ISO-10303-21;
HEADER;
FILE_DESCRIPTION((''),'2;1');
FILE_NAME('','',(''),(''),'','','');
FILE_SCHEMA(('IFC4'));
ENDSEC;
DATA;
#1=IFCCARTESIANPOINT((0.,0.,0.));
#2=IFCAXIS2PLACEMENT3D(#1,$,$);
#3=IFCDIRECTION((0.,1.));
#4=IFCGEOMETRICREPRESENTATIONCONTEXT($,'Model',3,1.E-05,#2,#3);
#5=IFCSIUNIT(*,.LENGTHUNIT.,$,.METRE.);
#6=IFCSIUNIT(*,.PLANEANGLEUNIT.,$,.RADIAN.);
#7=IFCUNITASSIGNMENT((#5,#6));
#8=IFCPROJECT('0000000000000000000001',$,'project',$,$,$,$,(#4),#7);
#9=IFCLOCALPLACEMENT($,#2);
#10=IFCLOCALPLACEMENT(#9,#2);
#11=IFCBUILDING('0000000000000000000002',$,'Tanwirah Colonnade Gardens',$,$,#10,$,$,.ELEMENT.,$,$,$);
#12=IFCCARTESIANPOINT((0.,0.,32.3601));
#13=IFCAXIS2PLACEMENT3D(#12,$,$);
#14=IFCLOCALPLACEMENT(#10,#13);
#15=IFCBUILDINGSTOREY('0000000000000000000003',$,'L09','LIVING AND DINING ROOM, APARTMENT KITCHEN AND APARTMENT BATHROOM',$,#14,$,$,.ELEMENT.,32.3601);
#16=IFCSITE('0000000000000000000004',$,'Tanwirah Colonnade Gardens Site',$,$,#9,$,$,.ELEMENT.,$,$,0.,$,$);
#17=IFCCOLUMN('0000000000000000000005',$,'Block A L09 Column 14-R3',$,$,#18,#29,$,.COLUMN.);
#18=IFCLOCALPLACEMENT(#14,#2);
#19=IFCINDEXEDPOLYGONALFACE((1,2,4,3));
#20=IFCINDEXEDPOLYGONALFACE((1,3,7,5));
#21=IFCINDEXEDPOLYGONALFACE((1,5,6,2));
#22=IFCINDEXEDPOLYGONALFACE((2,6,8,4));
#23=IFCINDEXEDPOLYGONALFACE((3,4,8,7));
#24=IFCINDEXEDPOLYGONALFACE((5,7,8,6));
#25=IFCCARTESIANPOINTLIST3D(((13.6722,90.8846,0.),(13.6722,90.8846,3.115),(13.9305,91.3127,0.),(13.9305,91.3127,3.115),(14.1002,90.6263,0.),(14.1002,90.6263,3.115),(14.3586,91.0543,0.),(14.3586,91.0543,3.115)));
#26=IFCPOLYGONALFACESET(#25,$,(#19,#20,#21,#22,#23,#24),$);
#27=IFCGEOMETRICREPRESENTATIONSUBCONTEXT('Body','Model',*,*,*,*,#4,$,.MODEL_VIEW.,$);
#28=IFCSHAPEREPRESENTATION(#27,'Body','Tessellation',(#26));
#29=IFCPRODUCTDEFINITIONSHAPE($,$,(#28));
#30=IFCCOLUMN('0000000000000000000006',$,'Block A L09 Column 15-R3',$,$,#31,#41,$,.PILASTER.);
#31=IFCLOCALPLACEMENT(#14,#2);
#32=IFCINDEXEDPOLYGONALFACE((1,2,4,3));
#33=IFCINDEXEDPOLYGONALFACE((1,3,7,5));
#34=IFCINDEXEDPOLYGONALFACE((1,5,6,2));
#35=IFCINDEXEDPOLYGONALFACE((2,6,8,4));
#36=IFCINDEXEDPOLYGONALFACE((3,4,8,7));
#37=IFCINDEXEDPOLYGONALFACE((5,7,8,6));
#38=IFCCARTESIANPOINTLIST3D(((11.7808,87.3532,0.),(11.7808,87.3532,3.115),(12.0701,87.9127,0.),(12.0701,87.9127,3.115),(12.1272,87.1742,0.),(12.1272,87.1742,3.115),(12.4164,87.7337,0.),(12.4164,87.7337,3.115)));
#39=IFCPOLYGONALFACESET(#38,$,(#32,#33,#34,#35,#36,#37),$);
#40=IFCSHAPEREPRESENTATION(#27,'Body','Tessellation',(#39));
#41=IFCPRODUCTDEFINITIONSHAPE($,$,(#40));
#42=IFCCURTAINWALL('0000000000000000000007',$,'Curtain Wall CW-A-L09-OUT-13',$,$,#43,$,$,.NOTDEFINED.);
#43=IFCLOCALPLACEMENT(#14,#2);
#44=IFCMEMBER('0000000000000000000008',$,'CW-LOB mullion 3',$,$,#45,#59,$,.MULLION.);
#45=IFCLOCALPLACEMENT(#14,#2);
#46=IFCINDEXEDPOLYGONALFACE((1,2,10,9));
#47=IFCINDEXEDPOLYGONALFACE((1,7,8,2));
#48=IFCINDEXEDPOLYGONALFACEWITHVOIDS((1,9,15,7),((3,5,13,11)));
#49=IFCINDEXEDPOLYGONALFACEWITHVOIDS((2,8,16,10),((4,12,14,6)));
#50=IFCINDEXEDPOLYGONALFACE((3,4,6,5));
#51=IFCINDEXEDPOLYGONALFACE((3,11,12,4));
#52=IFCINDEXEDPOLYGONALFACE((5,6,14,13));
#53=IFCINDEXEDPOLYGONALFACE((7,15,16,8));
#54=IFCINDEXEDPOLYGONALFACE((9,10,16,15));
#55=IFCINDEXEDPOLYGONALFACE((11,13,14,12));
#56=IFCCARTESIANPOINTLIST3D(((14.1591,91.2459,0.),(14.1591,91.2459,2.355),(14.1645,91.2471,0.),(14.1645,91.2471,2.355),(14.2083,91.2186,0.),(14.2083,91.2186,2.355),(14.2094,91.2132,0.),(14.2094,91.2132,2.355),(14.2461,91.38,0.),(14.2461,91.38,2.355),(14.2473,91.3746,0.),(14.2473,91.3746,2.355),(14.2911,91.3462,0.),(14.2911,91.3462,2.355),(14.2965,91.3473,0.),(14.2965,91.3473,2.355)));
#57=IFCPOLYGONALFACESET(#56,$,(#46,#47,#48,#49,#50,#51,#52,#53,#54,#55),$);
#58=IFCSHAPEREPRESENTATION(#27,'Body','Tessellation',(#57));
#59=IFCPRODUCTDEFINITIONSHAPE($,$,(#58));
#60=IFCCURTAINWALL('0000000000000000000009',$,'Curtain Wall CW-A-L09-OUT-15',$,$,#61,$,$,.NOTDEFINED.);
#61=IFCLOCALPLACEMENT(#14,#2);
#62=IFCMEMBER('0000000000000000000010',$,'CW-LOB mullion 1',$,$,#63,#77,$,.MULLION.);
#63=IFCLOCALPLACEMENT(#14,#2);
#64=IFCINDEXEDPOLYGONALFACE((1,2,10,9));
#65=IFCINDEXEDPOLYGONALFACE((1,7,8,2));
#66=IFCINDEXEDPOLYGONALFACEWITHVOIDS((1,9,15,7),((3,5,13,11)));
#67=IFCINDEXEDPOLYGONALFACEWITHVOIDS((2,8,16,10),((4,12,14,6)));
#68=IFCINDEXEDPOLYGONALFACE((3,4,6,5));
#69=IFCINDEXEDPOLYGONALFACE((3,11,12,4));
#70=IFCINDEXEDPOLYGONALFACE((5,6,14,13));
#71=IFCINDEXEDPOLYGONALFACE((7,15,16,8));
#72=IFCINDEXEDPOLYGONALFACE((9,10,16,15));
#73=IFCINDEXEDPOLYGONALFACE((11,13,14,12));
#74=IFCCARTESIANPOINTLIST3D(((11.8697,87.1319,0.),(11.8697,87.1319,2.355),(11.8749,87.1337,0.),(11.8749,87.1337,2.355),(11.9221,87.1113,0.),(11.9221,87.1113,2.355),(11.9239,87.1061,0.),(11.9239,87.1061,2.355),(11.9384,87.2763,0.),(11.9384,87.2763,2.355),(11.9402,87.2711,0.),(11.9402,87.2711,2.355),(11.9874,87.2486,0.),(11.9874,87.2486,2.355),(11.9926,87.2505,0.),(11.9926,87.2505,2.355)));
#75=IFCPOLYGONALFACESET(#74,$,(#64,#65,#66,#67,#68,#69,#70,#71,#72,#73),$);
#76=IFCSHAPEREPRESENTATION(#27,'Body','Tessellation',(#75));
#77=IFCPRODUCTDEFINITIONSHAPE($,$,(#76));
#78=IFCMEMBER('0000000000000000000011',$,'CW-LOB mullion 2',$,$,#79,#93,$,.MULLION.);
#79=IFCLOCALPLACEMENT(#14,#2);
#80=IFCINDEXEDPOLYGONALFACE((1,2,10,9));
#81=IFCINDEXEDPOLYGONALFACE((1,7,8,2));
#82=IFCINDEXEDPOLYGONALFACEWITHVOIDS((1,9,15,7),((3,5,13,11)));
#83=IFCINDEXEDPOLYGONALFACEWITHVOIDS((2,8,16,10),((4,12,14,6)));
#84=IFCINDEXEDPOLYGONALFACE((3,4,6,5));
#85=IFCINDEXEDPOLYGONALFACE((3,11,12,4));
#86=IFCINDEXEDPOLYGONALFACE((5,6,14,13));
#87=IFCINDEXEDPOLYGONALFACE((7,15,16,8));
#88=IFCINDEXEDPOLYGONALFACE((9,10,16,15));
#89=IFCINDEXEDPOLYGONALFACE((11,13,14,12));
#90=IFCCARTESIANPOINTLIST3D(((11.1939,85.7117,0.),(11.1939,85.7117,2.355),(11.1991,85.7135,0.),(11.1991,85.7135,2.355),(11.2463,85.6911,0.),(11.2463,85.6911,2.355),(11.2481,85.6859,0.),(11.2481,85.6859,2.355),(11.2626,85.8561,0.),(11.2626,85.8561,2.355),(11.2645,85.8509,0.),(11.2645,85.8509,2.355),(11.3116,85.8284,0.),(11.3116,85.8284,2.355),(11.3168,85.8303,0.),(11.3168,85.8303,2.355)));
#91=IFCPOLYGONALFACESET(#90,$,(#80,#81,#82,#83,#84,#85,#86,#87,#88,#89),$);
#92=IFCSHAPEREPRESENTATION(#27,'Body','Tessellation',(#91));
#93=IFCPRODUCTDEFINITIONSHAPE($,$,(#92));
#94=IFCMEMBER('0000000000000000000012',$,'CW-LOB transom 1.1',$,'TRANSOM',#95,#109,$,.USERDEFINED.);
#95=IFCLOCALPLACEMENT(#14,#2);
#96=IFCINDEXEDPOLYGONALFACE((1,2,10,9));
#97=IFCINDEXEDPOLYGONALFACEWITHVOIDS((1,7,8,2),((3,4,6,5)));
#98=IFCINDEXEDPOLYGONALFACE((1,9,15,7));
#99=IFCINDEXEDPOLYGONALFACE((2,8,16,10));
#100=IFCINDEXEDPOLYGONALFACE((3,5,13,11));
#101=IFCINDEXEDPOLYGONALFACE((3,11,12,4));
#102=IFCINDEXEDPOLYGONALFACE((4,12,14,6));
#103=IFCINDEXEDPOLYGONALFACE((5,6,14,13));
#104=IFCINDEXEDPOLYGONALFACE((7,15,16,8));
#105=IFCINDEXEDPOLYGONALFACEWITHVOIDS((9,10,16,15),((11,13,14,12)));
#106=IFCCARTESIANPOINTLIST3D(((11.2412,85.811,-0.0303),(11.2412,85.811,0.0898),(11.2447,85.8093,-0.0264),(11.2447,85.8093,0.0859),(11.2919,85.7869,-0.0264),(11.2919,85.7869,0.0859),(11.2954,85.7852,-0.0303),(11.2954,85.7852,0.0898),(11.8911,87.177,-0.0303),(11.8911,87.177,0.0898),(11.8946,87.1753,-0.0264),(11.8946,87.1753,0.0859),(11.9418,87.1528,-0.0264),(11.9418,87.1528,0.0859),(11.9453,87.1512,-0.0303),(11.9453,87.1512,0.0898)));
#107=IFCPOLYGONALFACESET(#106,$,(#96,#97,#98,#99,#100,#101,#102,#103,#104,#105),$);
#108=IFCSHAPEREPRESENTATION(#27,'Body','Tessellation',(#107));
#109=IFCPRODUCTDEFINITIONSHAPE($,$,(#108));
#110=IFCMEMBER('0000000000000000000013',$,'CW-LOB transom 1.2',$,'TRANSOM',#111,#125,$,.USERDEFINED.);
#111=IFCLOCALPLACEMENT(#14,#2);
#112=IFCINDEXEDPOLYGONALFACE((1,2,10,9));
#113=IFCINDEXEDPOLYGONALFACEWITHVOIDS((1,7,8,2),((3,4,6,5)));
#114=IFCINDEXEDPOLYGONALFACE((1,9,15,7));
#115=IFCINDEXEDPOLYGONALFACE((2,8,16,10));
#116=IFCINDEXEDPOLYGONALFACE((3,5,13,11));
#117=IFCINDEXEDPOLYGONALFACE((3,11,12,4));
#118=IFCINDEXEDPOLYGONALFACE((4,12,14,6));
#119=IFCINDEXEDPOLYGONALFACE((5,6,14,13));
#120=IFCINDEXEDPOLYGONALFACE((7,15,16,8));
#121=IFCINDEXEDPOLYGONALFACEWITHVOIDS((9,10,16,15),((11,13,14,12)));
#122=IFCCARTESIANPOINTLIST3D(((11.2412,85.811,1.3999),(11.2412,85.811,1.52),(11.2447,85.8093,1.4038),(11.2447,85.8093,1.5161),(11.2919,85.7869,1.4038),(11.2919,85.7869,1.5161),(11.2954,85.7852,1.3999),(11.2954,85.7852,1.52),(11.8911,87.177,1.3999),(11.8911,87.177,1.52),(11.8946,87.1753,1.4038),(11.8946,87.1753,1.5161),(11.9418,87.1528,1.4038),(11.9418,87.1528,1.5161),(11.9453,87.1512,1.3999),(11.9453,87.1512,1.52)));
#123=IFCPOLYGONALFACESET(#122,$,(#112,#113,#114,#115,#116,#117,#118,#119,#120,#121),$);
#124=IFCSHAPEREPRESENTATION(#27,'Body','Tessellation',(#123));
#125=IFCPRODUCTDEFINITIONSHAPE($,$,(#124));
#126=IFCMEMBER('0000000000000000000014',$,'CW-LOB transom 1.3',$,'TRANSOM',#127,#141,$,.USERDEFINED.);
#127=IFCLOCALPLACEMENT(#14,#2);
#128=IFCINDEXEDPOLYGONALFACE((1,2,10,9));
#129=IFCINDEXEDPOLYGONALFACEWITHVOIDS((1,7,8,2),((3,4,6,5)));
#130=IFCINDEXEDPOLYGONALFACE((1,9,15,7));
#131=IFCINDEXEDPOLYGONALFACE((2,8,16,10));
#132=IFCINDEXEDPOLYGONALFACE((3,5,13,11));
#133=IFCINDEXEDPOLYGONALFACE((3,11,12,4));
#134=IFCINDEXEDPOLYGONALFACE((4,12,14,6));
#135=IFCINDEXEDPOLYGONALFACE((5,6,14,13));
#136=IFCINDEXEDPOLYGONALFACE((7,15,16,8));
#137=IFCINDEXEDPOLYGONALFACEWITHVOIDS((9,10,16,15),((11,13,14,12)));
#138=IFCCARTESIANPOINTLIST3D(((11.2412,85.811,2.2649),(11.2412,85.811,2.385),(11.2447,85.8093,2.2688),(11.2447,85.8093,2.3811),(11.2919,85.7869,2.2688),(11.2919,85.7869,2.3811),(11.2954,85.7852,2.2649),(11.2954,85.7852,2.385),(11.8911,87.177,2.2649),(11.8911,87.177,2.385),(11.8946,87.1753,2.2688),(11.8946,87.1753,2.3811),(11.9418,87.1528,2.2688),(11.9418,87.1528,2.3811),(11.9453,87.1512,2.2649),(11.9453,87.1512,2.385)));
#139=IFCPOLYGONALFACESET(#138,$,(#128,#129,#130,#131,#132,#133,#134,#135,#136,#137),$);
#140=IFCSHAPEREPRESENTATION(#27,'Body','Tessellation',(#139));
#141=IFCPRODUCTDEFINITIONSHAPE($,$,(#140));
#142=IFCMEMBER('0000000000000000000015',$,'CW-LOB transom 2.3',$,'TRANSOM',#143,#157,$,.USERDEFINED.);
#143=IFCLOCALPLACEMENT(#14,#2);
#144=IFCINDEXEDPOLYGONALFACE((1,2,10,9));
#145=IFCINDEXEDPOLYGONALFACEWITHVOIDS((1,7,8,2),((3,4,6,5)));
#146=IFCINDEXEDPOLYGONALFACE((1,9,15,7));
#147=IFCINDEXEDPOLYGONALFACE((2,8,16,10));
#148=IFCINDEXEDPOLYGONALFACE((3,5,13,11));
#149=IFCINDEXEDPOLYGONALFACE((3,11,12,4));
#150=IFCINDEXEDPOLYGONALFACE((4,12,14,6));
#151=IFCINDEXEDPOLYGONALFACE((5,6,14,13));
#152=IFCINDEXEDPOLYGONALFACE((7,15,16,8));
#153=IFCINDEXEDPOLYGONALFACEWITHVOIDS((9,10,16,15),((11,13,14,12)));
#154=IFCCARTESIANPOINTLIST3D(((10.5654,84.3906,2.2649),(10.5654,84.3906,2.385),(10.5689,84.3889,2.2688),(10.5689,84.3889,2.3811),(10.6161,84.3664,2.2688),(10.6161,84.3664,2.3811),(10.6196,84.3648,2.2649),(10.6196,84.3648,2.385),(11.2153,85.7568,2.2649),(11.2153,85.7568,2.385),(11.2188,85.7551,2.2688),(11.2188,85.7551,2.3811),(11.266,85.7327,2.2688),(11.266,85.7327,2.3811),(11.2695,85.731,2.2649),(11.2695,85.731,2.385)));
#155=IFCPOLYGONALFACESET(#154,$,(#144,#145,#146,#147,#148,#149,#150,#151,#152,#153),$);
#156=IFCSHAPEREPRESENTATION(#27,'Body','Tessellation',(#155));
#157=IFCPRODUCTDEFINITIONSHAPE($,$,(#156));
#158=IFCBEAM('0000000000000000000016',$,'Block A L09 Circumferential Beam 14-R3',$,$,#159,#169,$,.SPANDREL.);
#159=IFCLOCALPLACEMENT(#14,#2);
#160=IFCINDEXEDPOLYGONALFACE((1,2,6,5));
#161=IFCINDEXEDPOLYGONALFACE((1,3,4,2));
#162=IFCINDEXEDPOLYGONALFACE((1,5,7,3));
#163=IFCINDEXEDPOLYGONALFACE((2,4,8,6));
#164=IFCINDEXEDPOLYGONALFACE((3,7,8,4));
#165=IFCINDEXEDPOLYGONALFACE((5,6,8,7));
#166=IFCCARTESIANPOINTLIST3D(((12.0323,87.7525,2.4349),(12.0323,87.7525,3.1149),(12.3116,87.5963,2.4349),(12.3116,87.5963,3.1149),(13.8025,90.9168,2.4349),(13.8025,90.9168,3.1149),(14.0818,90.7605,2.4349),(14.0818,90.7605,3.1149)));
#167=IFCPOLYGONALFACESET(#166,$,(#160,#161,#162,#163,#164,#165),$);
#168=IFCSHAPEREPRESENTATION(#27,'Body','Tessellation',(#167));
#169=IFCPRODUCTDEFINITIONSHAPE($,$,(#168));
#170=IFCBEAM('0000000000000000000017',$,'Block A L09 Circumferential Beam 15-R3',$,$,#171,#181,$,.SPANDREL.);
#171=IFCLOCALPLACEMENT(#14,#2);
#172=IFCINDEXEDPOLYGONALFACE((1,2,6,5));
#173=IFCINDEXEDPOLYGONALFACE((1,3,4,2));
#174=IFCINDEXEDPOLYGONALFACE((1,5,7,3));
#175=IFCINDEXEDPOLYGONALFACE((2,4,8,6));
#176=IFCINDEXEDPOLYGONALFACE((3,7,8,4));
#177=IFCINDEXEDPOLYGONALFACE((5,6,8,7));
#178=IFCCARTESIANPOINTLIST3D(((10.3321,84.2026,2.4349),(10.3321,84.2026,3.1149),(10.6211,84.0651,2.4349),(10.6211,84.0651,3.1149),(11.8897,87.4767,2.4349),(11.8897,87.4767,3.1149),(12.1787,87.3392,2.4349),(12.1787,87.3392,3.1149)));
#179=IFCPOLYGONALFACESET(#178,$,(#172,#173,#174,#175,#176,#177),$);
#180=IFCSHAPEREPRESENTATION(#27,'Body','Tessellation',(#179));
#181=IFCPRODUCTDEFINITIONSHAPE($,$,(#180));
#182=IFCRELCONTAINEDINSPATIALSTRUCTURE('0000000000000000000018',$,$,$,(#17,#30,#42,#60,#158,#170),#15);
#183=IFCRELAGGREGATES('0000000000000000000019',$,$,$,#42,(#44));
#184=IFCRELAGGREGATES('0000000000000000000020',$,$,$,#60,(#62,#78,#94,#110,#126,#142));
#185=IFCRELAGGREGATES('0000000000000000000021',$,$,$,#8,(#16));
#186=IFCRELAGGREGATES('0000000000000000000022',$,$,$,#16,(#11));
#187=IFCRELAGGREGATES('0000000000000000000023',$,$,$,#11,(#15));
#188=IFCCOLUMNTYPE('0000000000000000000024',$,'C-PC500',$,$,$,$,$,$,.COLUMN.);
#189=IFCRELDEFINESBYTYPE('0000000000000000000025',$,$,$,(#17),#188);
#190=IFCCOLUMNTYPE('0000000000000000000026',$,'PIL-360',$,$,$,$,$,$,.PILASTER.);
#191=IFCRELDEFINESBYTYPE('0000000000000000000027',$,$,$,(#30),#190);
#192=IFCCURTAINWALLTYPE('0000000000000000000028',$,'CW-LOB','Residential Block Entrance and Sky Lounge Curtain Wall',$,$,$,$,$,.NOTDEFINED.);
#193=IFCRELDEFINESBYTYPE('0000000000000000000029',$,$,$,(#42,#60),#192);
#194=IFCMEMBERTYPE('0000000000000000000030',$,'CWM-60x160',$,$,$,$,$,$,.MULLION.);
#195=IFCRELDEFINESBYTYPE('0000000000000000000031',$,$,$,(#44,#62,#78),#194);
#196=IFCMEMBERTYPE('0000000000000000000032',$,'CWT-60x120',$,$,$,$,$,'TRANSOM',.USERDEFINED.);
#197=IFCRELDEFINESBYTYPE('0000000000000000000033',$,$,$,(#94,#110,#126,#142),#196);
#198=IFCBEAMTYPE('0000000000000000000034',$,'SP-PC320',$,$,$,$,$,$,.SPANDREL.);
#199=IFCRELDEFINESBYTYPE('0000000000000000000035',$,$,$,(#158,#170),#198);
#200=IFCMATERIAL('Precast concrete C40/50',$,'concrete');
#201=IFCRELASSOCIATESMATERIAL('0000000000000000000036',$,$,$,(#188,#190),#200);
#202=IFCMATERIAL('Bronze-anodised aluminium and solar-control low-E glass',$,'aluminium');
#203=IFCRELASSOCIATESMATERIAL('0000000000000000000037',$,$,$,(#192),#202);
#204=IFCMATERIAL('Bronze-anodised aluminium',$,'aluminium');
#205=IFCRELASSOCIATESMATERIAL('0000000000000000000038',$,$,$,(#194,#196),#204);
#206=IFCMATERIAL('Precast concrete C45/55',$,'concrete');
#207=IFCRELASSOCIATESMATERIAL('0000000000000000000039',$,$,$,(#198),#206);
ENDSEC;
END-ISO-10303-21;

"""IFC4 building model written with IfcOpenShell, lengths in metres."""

from ifc_helpers import new_model, si_unit, direction, frame, origin, origin_2d, place, context, subcontext, project, spatial, rectangle, hollow_rectangle, extrude, material, material_profile, profile_set, type_object, element, aggregate, save


model = new_model("IFC4")

# Units and contexts
model_context = context("Model", 3, precision=1e-05, world=origin(), true_north=direction((0.0, 1.0)))
body_context = subcontext(model_context, "Body", "Model", "MODEL_VIEW")
ifc_project = project(units=[si_unit("LENGTHUNIT", "METRE"), si_unit("PLANEANGLEUNIT", "RADIAN")], contexts=[model_context])

# Site, building, storey
site_placement = place(None, origin())
site = spatial("IfcSite", under=ifc_project, at=site_placement, Name="Tanwirah Colonnade Gardens Site", CompositionType="ELEMENT", RefElevation=0.0)
building_placement = place(site_placement, origin())
building = spatial("IfcBuilding", under=site, at=building_placement, Name="Tanwirah Colonnade Gardens", CompositionType="ELEMENT")
storey_placement = place(building_placement, frame((0.0, 0.0, 32.3601)))
storey = spatial("IfcBuildingStorey", under=building, at=storey_placement, Name="L09", Description="LIVING AND DINING ROOM, APARTMENT KITCHEN AND APARTMENT BATHROOM", CompositionType="ELEMENT", Elevation=32.3601)

# Columns
ifc_material_1 = material(Name="Precast concrete C40/50", Category="concrete")
ifc_material_profile_1 = material_profile(ifc_material_1, rectangle(XDim=0.5, YDim=0.5, at=origin_2d()), Name="PC-COL 500x500")
ifc_profile_set_1 = profile_set([ifc_material_profile_1], Name="Precast concrete C40/50")
column_type_1 = type_object("IfcColumnType", Name="C-PC500", PredefinedType="COLUMN", material=ifc_profile_set_1)
column_1_placement = place(storey_placement, frame((14.0154, 90.9695, 0.0), z_axis=(0.0, 0.0, 1.0), x_axis=(-0.856167, 0.516699, 0.0)))
element("IfcColumn", 1, at=column_1_placement, inside=storey, type_object=column_type_1, Name="Block A L09 Column 14-R3", PredefinedType="COLUMN", context=body_context, shape_type="SweptSolid", body=[
    extrude(rectangle(XDim=0.5, YDim=0.5, at=origin_2d()), origin(), (0.0, 0.0, 1.0), 3.115),
])
ifc_material_profile_2 = material_profile(ifc_material_1, rectangle(XDim=0.3899, YDim=0.6299, at=origin_2d()), Name="PC-PIL 390x630")
ifc_profile_set_2 = profile_set([ifc_material_profile_2], Name="Precast concrete C40/50")
column_type_2 = type_object("IfcColumnType", Name="PIL-360", PredefinedType="PILASTER", material=ifc_profile_set_2)
column_2_placement = place(storey_placement, frame((12.0986, 87.5435, 0.0), z_axis=(0.0, 0.0, 1.0), x_axis=(-0.88835, 0.459166, 0.0)))
element("IfcColumn", 2, at=column_2_placement, inside=storey, type_object=column_type_2, Name="Block A L09 Column 15-R3", PredefinedType="PILASTER", context=body_context, shape_type="SweptSolid", body=[
    extrude(rectangle(XDim=0.3899, YDim=0.6299, at=origin_2d()), origin(), (0.0, 0.0, 1.0), 3.115),
])

# Curtain wall, member
ifc_material_2 = material(Name="Bronze-anodised aluminium and solar-control low-E glass", Category="aluminium")
curtain_wall_type = type_object("IfcCurtainWallType", Name="CW-LOB", Description="Residential Block Entrance and Sky Lounge Curtain Wall", PredefinedType="NOTDEFINED", material=ifc_material_2)
curtain_wall_1_placement = place(storey_placement, origin())
curtain_wall_1 = element("IfcCurtainWall", 3, at=curtain_wall_1_placement, inside=storey, type_object=curtain_wall_type, Name="Curtain Wall CW-A-L09-OUT-13", PredefinedType="NOTDEFINED")
ifc_material_3 = material(Name="Bronze-anodised aluminium", Category="aluminium")
ifc_material_profile_3 = material_profile(ifc_material_3, hollow_rectangle(XDim=0.0601, YDim=0.1599, WallThickness=0.0039, at=origin_2d()), Name="CW-MUL 60x160x4")
ifc_profile_set_3 = profile_set([ifc_material_profile_3], Name="Bronze-anodised aluminium")
member_type_1 = type_object("IfcMemberType", Name="CWM-60x160", PredefinedType="MULLION", material=ifc_profile_set_3)
member_1_placement = place(storey_placement, frame((14.2278, 91.2966, 0.0), z_axis=(0.0, 0.0, 1.0), x_axis=(0.83867, -0.54464, 0.0)))
member_1 = element("IfcMember", 4, at=member_1_placement, type_object=member_type_1, Name="CW-LOB mullion 3", PredefinedType="MULLION", context=body_context, shape_type="SweptSolid", body=[
    extrude(hollow_rectangle(XDim=0.0601, YDim=0.1599, WallThickness=0.0039, at=origin_2d()), origin(), (0.0, 0.0, 1.0), 2.355),
])

# Curtain wall, members
curtain_wall_2_placement = place(storey_placement, origin())
curtain_wall_2 = element("IfcCurtainWall", 5, at=curtain_wall_2_placement, inside=storey, type_object=curtain_wall_type, Name="Curtain Wall CW-A-L09-OUT-15", PredefinedType="NOTDEFINED")
member_2_placement = place(storey_placement, frame((11.9312, 87.1912, 0.0), z_axis=(0.0, 0.0, 1.0), x_axis=(0.903002, -0.429635, 0.0)))
member_2 = element("IfcMember", 6, at=member_2_placement, type_object=member_type_1, Name="CW-LOB mullion 1", PredefinedType="MULLION", context=body_context, shape_type="SweptSolid", body=[
    extrude(hollow_rectangle(XDim=0.0601, YDim=0.1599, WallThickness=0.0039, at=origin_2d()), origin(), (0.0, 0.0, 1.0), 2.355),
])
member_3_placement = place(storey_placement, frame((11.2554, 85.771, 0.0), z_axis=(0.0, 0.0, 1.0), x_axis=(0.903002, -0.429635, 0.0)))
member_3 = element("IfcMember", 7, at=member_3_placement, type_object=member_type_1, Name="CW-LOB mullion 2", PredefinedType="MULLION", context=body_context, shape_type="SweptSolid", body=[
    extrude(hollow_rectangle(XDim=0.0601, YDim=0.1599, WallThickness=0.0039, at=origin_2d()), origin(), (0.0, 0.0, 1.0), 2.355),
])
ifc_material_profile_4 = material_profile(ifc_material_3, hollow_rectangle(XDim=0.0601, YDim=0.1201, WallThickness=0.0039, at=origin_2d()), Name="CW-TRN 60x120x4")
ifc_profile_set_4 = profile_set([ifc_material_profile_4], Name="Bronze-anodised aluminium")
member_type_2 = type_object("IfcMemberType", Name="CWT-60x120", ElementType="TRANSOM", PredefinedType="USERDEFINED", material=ifc_profile_set_4)
member_4_placement = place(storey_placement, frame((11.9182, 87.1641, 0.0298), z_axis=(-0.429633, -0.903004, 0.0), x_axis=(0.903004, -0.429633, 0.0)))
member_4 = element("IfcMember", 8, at=member_4_placement, type_object=member_type_2, Name="CW-LOB transom 1.1", ObjectType="TRANSOM", PredefinedType="USERDEFINED", context=body_context, shape_type="SweptSolid", body=[
    extrude(hollow_rectangle(XDim=0.0601, YDim=0.1201, WallThickness=0.0039, at=origin_2d()), origin(), (0.0, 0.0, 1.0), 1.5127),
])
member_5_placement = place(storey_placement, frame((11.9182, 87.1641, 1.46), z_axis=(-0.429633, -0.903004, 0.0), x_axis=(0.903004, -0.429633, 0.0)))
member_5 = element("IfcMember", 9, at=member_5_placement, type_object=member_type_2, Name="CW-LOB transom 1.2", ObjectType="TRANSOM", PredefinedType="USERDEFINED", context=body_context, shape_type="SweptSolid", body=[
    extrude(hollow_rectangle(XDim=0.0601, YDim=0.1201, WallThickness=0.0039, at=origin_2d()), origin(), (0.0, 0.0, 1.0), 1.5127),
])
member_6_placement = place(storey_placement, frame((11.9182, 87.1641, 2.325), z_axis=(-0.429633, -0.903004, 0.0), x_axis=(0.903004, -0.429633, 0.0)))
member_6 = element("IfcMember", 10, at=member_6_placement, type_object=member_type_2, Name="CW-LOB transom 1.3", ObjectType="TRANSOM", PredefinedType="USERDEFINED", context=body_context, shape_type="SweptSolid", body=[
    extrude(hollow_rectangle(XDim=0.0601, YDim=0.1201, WallThickness=0.0039, at=origin_2d()), origin(), (0.0, 0.0, 1.0), 1.5127),
])
member_7_placement = place(storey_placement, frame((11.2424, 85.7439, 2.325), z_axis=(-0.42957, -0.903033, 0.0), x_axis=(0.903033, -0.42957, 0.0)))
member_7 = element("IfcMember", 11, at=member_7_placement, type_object=member_type_2, Name="CW-LOB transom 2.3", ObjectType="TRANSOM", PredefinedType="USERDEFINED", context=body_context, shape_type="SweptSolid", body=[
    extrude(hollow_rectangle(XDim=0.0601, YDim=0.1201, WallThickness=0.0039, at=origin_2d()), origin(), (0.0, 0.0, 1.0), 1.5129),
])

# Beams
ifc_material_4 = material(Name="Precast concrete C45/55", Category="concrete")
ifc_material_profile_5 = material_profile(ifc_material_4, rectangle(XDim=0.3201, YDim=0.6799, at=origin_2d()), Name="PC-SP 320x680")
ifc_profile_set_5 = profile_set([ifc_material_profile_5], Name="Precast concrete C45/55")
beam_type = type_object("IfcBeamType", Name="SP-PC320", PredefinedType="SPANDREL", material=ifc_profile_set_5)
for number, where, z_axis, x_axis, name in (
    (12, (13.9421, 90.8386, 2.7749), (-0.488236, -0.872711, 0.0), (0.872711, -0.488236, 0.0), "Block A L09 Circumferential Beam 14-R3"),
    (13, (12.0342, 87.408, 2.7749), (-0.429594, -0.903022, 0.0), (0.903022, -0.429594, 0.0), "Block A L09 Circumferential Beam 15-R3"),
):
    element("IfcBeam", number, at=place(storey_placement, frame(where, z_axis=z_axis, x_axis=x_axis)), inside=storey, type_object=beam_type, Name=name, PredefinedType="SPANDREL", context=body_context, shape_type="SweptSolid", body=[
        extrude(rectangle(XDim=0.3201, YDim=0.6799, at=origin_2d()), origin(), (0.0, 0.0, 1.0), 3.6257),
    ])

aggregate(curtain_wall_1, [member_1])
aggregate(curtain_wall_2, [member_2, member_3, member_4, member_5, member_6, member_7])

save(model, "model.ifc")
